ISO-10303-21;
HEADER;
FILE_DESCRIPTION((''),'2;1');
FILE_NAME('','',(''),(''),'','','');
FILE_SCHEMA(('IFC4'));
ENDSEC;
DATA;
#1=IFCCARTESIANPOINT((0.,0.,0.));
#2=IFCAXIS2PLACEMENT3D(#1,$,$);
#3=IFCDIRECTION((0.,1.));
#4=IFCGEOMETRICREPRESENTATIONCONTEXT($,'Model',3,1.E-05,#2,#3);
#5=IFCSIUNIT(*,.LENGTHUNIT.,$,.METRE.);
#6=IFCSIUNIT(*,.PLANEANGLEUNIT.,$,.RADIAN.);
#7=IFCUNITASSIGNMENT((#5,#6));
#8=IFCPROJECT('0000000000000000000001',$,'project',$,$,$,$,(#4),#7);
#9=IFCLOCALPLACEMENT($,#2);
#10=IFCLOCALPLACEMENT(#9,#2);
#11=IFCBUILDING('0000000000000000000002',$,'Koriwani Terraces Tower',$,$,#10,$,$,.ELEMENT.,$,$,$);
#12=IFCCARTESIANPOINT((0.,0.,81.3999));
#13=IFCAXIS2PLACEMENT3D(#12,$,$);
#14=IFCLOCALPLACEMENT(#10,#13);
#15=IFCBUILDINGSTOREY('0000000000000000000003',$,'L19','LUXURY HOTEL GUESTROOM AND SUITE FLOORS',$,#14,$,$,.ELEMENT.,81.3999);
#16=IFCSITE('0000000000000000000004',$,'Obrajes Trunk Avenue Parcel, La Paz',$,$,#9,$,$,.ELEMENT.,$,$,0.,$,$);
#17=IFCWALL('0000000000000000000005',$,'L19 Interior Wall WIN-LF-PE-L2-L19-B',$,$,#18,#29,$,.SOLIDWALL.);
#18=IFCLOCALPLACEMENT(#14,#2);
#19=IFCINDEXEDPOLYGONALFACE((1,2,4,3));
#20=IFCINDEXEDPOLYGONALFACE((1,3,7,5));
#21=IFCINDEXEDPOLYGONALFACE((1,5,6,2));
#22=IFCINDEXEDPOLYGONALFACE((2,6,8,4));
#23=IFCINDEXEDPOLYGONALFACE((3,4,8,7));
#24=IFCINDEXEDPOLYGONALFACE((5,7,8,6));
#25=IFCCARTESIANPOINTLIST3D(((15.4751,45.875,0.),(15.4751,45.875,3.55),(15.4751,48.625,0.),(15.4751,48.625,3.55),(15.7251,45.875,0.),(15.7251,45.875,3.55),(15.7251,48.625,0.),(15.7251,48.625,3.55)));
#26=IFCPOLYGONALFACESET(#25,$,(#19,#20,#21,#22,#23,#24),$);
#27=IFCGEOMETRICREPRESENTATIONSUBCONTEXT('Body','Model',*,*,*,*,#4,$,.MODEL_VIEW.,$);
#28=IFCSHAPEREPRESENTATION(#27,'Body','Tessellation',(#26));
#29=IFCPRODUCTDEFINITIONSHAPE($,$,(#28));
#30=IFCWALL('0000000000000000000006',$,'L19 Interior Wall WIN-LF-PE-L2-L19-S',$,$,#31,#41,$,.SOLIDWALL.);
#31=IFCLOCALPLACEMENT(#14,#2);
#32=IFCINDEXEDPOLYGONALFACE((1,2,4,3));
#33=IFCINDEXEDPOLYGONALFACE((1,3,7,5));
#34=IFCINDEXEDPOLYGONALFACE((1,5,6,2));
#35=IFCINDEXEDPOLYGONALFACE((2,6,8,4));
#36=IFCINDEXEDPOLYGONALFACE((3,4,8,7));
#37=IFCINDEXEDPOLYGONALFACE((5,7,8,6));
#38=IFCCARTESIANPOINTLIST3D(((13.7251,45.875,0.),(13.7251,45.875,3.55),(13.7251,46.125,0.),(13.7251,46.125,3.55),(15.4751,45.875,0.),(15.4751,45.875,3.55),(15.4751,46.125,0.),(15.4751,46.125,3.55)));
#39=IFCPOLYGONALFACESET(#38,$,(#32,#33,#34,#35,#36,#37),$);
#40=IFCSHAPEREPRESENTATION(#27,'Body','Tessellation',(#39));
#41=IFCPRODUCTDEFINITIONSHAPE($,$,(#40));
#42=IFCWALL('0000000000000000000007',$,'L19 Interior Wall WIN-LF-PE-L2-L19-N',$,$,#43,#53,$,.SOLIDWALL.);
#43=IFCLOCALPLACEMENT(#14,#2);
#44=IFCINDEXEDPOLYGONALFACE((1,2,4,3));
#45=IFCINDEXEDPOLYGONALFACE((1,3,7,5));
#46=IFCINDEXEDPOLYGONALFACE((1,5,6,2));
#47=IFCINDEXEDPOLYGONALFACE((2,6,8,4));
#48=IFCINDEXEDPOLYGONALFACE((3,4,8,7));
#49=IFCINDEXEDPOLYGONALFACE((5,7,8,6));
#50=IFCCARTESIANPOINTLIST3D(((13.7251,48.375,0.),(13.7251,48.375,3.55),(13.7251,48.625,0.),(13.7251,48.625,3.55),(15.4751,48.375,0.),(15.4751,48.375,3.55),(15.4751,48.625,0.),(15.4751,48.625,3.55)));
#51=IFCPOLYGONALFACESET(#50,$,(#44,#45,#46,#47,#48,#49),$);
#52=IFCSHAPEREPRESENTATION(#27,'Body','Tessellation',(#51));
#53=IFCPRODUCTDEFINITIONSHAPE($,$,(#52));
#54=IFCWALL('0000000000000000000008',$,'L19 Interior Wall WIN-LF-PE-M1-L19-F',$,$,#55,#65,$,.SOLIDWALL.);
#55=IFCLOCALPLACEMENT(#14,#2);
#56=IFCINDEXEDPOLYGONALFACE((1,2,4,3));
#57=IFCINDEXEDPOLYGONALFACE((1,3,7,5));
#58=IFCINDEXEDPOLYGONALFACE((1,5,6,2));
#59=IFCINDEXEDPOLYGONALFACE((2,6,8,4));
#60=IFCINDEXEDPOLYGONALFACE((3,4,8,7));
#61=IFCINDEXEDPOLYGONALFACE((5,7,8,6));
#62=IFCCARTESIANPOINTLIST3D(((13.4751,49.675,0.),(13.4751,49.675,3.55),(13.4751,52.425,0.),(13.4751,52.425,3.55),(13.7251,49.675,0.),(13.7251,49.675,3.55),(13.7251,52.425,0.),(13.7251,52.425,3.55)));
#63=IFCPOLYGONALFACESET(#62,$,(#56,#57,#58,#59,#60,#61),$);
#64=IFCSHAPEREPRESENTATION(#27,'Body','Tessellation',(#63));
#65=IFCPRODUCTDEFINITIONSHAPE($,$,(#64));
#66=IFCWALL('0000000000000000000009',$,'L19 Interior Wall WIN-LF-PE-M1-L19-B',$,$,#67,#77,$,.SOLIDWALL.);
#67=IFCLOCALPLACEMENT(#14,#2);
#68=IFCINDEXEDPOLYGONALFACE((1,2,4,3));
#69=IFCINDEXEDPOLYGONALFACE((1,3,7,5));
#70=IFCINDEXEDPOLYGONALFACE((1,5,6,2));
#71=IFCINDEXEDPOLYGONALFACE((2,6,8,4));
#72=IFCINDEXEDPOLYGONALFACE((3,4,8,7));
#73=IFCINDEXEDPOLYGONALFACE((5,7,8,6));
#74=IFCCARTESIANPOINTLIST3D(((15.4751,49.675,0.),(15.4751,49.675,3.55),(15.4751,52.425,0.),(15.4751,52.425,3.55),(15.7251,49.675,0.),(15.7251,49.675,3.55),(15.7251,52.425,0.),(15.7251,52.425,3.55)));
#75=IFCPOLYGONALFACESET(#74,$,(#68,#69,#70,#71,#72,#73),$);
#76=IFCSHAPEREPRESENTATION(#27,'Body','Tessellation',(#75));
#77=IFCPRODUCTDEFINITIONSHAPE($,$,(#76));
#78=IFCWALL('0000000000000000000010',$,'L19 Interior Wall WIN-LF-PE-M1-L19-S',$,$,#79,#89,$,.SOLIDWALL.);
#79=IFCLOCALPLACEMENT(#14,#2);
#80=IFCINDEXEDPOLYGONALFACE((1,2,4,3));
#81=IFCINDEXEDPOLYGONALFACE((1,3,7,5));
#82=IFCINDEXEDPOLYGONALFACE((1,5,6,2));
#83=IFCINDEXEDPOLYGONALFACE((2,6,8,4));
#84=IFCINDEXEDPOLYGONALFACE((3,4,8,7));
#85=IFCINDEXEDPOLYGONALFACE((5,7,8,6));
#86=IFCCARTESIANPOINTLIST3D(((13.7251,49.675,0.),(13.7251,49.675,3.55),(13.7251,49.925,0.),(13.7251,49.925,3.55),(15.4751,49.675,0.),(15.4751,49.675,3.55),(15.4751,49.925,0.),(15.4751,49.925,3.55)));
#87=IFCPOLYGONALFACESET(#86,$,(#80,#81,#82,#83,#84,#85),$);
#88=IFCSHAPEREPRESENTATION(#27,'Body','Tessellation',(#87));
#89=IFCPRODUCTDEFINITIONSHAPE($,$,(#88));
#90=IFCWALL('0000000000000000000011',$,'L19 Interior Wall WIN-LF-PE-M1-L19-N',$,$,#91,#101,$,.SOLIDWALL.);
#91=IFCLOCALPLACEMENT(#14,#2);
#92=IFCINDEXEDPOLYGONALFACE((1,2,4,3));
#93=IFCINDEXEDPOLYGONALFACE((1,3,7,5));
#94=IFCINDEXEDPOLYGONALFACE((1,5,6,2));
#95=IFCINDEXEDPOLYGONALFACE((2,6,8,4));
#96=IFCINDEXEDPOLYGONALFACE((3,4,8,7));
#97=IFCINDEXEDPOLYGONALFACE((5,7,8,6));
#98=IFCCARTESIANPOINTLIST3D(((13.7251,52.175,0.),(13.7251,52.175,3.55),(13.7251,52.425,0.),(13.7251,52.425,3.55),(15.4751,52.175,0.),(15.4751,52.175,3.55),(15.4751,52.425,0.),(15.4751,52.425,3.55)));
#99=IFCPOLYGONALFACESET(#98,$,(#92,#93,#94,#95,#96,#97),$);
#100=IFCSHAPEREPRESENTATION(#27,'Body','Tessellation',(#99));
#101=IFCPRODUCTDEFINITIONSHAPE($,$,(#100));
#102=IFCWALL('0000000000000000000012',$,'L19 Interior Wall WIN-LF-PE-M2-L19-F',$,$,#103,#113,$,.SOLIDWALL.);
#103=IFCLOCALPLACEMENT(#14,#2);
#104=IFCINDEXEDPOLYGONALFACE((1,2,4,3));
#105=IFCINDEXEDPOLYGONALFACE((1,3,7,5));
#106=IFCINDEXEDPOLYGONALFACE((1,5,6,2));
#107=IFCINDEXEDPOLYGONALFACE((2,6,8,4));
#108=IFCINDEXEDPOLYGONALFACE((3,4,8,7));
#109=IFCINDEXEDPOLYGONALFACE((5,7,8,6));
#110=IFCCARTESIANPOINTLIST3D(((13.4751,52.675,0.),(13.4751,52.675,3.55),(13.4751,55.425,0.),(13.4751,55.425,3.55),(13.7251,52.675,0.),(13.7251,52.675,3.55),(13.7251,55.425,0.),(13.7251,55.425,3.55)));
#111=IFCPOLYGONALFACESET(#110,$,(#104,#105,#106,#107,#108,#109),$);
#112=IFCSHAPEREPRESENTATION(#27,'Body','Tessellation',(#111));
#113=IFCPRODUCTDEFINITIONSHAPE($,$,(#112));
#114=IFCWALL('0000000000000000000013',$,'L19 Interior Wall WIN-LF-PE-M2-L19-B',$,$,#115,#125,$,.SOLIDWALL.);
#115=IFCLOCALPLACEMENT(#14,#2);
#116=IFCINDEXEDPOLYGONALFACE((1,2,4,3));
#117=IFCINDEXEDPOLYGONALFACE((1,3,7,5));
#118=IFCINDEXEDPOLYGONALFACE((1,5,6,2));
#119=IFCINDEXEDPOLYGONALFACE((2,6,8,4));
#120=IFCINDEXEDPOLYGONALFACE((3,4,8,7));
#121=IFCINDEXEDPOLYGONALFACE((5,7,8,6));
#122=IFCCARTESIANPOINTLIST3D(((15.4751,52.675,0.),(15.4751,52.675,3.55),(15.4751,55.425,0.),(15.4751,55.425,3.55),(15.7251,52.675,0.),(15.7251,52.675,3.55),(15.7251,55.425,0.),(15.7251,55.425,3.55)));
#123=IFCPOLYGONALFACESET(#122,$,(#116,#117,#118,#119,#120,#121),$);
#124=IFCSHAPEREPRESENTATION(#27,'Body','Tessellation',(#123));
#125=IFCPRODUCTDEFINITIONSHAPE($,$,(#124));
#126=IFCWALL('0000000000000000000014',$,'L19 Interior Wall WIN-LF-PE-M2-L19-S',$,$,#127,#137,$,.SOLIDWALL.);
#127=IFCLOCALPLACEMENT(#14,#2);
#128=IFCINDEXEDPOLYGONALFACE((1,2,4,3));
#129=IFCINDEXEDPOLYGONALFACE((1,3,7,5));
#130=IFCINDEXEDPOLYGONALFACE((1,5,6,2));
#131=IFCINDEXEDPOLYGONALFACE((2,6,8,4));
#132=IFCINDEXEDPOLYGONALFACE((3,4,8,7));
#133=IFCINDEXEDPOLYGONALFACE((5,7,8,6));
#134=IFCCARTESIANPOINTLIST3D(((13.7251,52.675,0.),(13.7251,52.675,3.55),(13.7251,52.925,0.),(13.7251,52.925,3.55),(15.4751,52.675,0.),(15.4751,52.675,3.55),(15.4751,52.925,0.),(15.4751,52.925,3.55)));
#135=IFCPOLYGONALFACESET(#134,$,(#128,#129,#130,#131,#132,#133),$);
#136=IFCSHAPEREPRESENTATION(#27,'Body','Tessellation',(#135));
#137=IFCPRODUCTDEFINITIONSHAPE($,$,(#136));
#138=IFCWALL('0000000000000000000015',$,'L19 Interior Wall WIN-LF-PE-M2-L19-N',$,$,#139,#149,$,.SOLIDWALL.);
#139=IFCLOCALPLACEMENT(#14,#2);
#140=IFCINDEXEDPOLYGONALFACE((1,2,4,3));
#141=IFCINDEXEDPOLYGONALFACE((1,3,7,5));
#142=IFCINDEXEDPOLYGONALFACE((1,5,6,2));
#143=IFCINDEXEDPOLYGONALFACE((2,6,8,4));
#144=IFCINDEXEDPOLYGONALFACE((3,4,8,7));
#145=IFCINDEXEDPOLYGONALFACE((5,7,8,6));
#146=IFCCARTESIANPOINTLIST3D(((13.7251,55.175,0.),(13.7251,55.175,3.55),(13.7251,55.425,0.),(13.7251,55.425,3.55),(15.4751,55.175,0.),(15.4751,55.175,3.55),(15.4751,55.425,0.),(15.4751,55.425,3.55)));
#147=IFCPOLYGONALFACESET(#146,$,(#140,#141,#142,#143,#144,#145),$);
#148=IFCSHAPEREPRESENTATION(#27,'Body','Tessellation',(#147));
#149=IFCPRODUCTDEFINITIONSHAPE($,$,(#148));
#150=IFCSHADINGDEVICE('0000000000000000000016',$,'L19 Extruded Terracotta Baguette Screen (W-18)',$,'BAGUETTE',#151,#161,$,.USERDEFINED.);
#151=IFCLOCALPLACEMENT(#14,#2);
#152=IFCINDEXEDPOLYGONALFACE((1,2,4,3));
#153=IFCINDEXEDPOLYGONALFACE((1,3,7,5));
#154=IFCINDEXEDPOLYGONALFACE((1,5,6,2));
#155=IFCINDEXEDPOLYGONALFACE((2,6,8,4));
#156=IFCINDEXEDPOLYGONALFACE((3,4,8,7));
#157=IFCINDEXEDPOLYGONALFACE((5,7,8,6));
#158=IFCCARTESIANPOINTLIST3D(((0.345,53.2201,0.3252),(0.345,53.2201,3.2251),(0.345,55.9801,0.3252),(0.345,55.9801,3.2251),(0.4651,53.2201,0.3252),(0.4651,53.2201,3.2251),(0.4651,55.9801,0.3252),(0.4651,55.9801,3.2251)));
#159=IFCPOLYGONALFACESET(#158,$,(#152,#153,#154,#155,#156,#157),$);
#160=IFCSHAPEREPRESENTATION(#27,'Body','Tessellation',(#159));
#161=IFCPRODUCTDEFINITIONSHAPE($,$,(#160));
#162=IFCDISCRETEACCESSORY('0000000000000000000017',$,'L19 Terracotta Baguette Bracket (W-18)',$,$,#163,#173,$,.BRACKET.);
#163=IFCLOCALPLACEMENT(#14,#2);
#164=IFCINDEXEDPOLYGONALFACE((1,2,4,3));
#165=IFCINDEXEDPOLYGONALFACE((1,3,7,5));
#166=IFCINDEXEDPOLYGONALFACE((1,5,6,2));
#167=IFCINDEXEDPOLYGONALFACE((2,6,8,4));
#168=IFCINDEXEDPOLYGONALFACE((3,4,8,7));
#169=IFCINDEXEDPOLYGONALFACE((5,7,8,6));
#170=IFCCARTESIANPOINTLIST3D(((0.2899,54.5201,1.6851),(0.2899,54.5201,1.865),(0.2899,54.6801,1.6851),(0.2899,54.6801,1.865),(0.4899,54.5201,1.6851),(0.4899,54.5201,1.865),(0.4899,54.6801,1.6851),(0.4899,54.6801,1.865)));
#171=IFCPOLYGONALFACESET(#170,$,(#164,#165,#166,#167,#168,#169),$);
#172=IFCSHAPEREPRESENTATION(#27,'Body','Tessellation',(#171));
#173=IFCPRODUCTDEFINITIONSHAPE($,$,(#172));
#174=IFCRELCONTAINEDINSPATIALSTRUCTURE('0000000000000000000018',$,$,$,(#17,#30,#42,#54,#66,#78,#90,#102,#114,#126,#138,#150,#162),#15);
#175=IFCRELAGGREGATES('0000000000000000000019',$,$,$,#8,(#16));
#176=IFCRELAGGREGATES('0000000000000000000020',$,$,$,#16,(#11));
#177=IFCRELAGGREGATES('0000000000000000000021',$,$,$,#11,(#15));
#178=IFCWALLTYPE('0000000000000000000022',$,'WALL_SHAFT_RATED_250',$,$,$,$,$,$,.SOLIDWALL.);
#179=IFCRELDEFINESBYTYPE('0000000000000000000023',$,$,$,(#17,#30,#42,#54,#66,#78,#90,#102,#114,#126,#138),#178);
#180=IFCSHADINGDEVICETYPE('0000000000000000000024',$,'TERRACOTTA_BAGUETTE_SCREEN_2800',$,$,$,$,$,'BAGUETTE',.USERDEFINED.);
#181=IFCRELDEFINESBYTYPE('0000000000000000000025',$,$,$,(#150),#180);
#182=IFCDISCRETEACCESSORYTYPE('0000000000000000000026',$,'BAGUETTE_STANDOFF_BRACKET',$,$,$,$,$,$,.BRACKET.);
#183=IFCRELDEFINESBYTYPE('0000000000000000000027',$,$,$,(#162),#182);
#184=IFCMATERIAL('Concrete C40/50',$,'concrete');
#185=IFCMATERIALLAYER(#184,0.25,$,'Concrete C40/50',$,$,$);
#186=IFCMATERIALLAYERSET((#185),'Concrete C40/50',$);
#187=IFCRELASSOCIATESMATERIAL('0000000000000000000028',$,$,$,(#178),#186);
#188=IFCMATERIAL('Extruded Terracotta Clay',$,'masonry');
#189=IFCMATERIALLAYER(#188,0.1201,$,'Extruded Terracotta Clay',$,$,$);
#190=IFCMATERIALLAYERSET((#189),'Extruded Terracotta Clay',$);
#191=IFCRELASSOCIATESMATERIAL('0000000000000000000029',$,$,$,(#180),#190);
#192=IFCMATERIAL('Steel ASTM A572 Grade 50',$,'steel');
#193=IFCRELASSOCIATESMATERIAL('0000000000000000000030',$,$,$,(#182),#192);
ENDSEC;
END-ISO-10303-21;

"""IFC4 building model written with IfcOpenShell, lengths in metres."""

from ifc_helpers import new_model, si_unit, direction, frame, frame_2d, origin, origin_2d, place, context, subcontext, project, spatial, rectangle, extrude, material, layer, layer_set, type_object, element, save


model = new_model("IFC4")

# Units and contexts
model_context = context("Model", 3, precision=1e-05, world=origin(), true_north=direction((0.0, 1.0)))
body_context = subcontext(model_context, "Body", "Model", "MODEL_VIEW")
ifc_project = project(units=[si_unit("LENGTHUNIT", "METRE"), si_unit("PLANEANGLEUNIT", "RADIAN")], contexts=[model_context])

# Site, building, storey
site_placement = place(None, origin())
site = spatial("IfcSite", under=ifc_project, at=site_placement, Name="Obrajes Trunk Avenue Parcel, La Paz", CompositionType="ELEMENT", RefElevation=0.0)
building_placement = place(site_placement, origin())
building = spatial("IfcBuilding", under=site, at=building_placement, Name="Koriwani Terraces Tower", CompositionType="ELEMENT")
storey_placement = place(building_placement, frame((0.0, 0.0, 81.3999)))
storey = spatial("IfcBuildingStorey", under=building, at=storey_placement, Name="L19", Description="LUXURY HOTEL GUESTROOM AND SUITE FLOORS", CompositionType="ELEMENT", Elevation=81.3999)

# Shared definitions
ifc_material_1 = material(Name="Concrete C40/50", Category="concrete")
ifc_material_2 = material(Name="Steel ASTM A572 Grade 50", Category="steel")

# Walls
ifc_layer_1 = layer(ifc_material_1, 0.25, Name="Concrete C40/50")
ifc_layer_set_1 = layer_set([ifc_layer_1], Name="Concrete C40/50")
wall_type_1 = type_object("IfcWallType", Name="WALL_SHAFT_RATED_250", PredefinedType="SOLIDWALL", material=ifc_layer_set_1)
wall_1_placement = place(storey_placement, frame((15.6001, 45.875, 0.0), z_axis=(0.0, 0.0, 1.0), x_axis=(0.0, 1.0, 0.0)))
element("IfcWall", 1, at=wall_1_placement, inside=storey, type_object=wall_type_1, Name="L19 Interior Wall WIN-LF-PE-L2-L19-B", PredefinedType="SOLIDWALL", context=body_context, shape_type="SweptSolid", body=[
    extrude(rectangle(XDim=2.75, YDim=0.25, at=frame_2d((1.375, 0.0))), origin(), (0.0, 0.0, 1.0), 3.55),
])
for number, where, z_axis, x_axis, name in (
    (2, (13.7251, 46.0, 0.0), (0.0, 0.0, 1.0), (1.0, 0.0, 0.0), "L19 Interior Wall WIN-LF-PE-L2-L19-S"),
    (3, (13.7251, 48.5, 0.0), (0.0, 0.0, 1.0), (1.0, 0.0, 0.0), "L19 Interior Wall WIN-LF-PE-L2-L19-N"),
):
    element("IfcWall", number, at=place(storey_placement, frame(where, z_axis=z_axis, x_axis=x_axis)), inside=storey, type_object=wall_type_1, Name=name, PredefinedType="SOLIDWALL", context=body_context, shape_type="SweptSolid", body=[
        extrude(rectangle(XDim=1.75, YDim=0.25, at=frame_2d((0.875, 0.0))), origin(), (0.0, 0.0, 1.0), 3.55),
    ])
for number, where, z_axis, x_axis, name in (
    (4, (13.6001, 49.675, 0.0), (0.0, 0.0, 1.0), (0.0, 1.0, 0.0), "L19 Interior Wall WIN-LF-PE-M1-L19-F"),
    (5, (15.6001, 49.675, 0.0), (0.0, 0.0, 1.0), (0.0, 1.0, 0.0), "L19 Interior Wall WIN-LF-PE-M1-L19-B"),
):
    element("IfcWall", number, at=place(storey_placement, frame(where, z_axis=z_axis, x_axis=x_axis)), inside=storey, type_object=wall_type_1, Name=name, PredefinedType="SOLIDWALL", context=body_context, shape_type="SweptSolid", body=[
        extrude(rectangle(XDim=2.75, YDim=0.25, at=frame_2d((1.375, 0.0))), origin(), (0.0, 0.0, 1.0), 3.55),
    ])
for number, where, z_axis, x_axis, name in (
    (6, (13.7251, 49.8, 0.0), (0.0, 0.0, 1.0), (1.0, 0.0, 0.0), "L19 Interior Wall WIN-LF-PE-M1-L19-S"),
    (7, (13.7251, 52.3, 0.0), (0.0, 0.0, 1.0), (1.0, 0.0, 0.0), "L19 Interior Wall WIN-LF-PE-M1-L19-N"),
):
    element("IfcWall", number, at=place(storey_placement, frame(where, z_axis=z_axis, x_axis=x_axis)), inside=storey, type_object=wall_type_1, Name=name, PredefinedType="SOLIDWALL", context=body_context, shape_type="SweptSolid", body=[
        extrude(rectangle(XDim=1.75, YDim=0.25, at=frame_2d((0.875, 0.0))), origin(), (0.0, 0.0, 1.0), 3.55),
    ])
for number, where, z_axis, x_axis, name in (
    (8, (13.6001, 52.675, 0.0), (0.0, 0.0, 1.0), (0.0, 1.0, 0.0), "L19 Interior Wall WIN-LF-PE-M2-L19-F"),
    (9, (15.6001, 52.675, 0.0), (0.0, 0.0, 1.0), (0.0, 1.0, 0.0), "L19 Interior Wall WIN-LF-PE-M2-L19-B"),
):
    element("IfcWall", number, at=place(storey_placement, frame(where, z_axis=z_axis, x_axis=x_axis)), inside=storey, type_object=wall_type_1, Name=name, PredefinedType="SOLIDWALL", context=body_context, shape_type="SweptSolid", body=[
        extrude(rectangle(XDim=2.75, YDim=0.25, at=frame_2d((1.375, 0.0))), origin(), (0.0, 0.0, 1.0), 3.55),
    ])
for number, where, z_axis, x_axis, name in (
    (10, (13.7251, 52.8, 0.0), (0.0, 0.0, 1.0), (1.0, 0.0, 0.0), "L19 Interior Wall WIN-LF-PE-M2-L19-S"),
    (11, (13.7251, 55.3, 0.0), (0.0, 0.0, 1.0), (1.0, 0.0, 0.0), "L19 Interior Wall WIN-LF-PE-M2-L19-N"),
):
    element("IfcWall", number, at=place(storey_placement, frame(where, z_axis=z_axis, x_axis=x_axis)), inside=storey, type_object=wall_type_1, Name=name, PredefinedType="SOLIDWALL", context=body_context, shape_type="SweptSolid", body=[
        extrude(rectangle(XDim=1.75, YDim=0.25, at=frame_2d((0.875, 0.0))), origin(), (0.0, 0.0, 1.0), 3.55),
    ])

# Shading device
ifc_material_3 = material(Name="Extruded Terracotta Clay", Category="masonry")
ifc_layer_2 = layer(ifc_material_3, 0.1201, Name="Extruded Terracotta Clay")
ifc_layer_set_2 = layer_set([ifc_layer_2], Name="Extruded Terracotta Clay")
shading_device_type = type_object("IfcShadingDeviceType", Name="TERRACOTTA_BAGUETTE_SCREEN_2800", ElementType="BAGUETTE", PredefinedType="USERDEFINED", material=ifc_layer_set_2)
shading_device_placement = place(storey_placement, frame((0.405, 54.6001, 0.3252), z_axis=(0.0, 0.0, 1.0), x_axis=(0.0, 1.0, 0.0)))
element("IfcShadingDevice", 12, at=shading_device_placement, inside=storey, type_object=shading_device_type, Name="L19 Extruded Terracotta Baguette Screen (W-18)", ObjectType="BAGUETTE", PredefinedType="USERDEFINED", context=body_context, shape_type="SweptSolid", body=[
    extrude(rectangle(XDim=2.76, YDim=0.1201, at=origin_2d()), origin(), (0.0, 0.0, 1.0), 2.8999),
])

# Discrete accessory
discrete_accessory_type = type_object("IfcDiscreteAccessoryType", Name="BAGUETTE_STANDOFF_BRACKET", PredefinedType="BRACKET", material=ifc_material_2)
discrete_accessory_placement = place(storey_placement, frame((0.3899, 54.6001, 1.6851), z_axis=(0.0, 0.0, 1.0), x_axis=(0.0, 1.0, 0.0)))
element("IfcDiscreteAccessory", 13, at=discrete_accessory_placement, inside=storey, type_object=discrete_accessory_type, Name="L19 Terracotta Baguette Bracket (W-18)", PredefinedType="BRACKET", context=body_context, shape_type="SweptSolid", body=[
    extrude(rectangle(XDim=0.1599, YDim=0.2, at=origin_2d()), origin(), (0.0, 0.0, 1.0), 0.1799),
])

save(model, "model.ifc")
